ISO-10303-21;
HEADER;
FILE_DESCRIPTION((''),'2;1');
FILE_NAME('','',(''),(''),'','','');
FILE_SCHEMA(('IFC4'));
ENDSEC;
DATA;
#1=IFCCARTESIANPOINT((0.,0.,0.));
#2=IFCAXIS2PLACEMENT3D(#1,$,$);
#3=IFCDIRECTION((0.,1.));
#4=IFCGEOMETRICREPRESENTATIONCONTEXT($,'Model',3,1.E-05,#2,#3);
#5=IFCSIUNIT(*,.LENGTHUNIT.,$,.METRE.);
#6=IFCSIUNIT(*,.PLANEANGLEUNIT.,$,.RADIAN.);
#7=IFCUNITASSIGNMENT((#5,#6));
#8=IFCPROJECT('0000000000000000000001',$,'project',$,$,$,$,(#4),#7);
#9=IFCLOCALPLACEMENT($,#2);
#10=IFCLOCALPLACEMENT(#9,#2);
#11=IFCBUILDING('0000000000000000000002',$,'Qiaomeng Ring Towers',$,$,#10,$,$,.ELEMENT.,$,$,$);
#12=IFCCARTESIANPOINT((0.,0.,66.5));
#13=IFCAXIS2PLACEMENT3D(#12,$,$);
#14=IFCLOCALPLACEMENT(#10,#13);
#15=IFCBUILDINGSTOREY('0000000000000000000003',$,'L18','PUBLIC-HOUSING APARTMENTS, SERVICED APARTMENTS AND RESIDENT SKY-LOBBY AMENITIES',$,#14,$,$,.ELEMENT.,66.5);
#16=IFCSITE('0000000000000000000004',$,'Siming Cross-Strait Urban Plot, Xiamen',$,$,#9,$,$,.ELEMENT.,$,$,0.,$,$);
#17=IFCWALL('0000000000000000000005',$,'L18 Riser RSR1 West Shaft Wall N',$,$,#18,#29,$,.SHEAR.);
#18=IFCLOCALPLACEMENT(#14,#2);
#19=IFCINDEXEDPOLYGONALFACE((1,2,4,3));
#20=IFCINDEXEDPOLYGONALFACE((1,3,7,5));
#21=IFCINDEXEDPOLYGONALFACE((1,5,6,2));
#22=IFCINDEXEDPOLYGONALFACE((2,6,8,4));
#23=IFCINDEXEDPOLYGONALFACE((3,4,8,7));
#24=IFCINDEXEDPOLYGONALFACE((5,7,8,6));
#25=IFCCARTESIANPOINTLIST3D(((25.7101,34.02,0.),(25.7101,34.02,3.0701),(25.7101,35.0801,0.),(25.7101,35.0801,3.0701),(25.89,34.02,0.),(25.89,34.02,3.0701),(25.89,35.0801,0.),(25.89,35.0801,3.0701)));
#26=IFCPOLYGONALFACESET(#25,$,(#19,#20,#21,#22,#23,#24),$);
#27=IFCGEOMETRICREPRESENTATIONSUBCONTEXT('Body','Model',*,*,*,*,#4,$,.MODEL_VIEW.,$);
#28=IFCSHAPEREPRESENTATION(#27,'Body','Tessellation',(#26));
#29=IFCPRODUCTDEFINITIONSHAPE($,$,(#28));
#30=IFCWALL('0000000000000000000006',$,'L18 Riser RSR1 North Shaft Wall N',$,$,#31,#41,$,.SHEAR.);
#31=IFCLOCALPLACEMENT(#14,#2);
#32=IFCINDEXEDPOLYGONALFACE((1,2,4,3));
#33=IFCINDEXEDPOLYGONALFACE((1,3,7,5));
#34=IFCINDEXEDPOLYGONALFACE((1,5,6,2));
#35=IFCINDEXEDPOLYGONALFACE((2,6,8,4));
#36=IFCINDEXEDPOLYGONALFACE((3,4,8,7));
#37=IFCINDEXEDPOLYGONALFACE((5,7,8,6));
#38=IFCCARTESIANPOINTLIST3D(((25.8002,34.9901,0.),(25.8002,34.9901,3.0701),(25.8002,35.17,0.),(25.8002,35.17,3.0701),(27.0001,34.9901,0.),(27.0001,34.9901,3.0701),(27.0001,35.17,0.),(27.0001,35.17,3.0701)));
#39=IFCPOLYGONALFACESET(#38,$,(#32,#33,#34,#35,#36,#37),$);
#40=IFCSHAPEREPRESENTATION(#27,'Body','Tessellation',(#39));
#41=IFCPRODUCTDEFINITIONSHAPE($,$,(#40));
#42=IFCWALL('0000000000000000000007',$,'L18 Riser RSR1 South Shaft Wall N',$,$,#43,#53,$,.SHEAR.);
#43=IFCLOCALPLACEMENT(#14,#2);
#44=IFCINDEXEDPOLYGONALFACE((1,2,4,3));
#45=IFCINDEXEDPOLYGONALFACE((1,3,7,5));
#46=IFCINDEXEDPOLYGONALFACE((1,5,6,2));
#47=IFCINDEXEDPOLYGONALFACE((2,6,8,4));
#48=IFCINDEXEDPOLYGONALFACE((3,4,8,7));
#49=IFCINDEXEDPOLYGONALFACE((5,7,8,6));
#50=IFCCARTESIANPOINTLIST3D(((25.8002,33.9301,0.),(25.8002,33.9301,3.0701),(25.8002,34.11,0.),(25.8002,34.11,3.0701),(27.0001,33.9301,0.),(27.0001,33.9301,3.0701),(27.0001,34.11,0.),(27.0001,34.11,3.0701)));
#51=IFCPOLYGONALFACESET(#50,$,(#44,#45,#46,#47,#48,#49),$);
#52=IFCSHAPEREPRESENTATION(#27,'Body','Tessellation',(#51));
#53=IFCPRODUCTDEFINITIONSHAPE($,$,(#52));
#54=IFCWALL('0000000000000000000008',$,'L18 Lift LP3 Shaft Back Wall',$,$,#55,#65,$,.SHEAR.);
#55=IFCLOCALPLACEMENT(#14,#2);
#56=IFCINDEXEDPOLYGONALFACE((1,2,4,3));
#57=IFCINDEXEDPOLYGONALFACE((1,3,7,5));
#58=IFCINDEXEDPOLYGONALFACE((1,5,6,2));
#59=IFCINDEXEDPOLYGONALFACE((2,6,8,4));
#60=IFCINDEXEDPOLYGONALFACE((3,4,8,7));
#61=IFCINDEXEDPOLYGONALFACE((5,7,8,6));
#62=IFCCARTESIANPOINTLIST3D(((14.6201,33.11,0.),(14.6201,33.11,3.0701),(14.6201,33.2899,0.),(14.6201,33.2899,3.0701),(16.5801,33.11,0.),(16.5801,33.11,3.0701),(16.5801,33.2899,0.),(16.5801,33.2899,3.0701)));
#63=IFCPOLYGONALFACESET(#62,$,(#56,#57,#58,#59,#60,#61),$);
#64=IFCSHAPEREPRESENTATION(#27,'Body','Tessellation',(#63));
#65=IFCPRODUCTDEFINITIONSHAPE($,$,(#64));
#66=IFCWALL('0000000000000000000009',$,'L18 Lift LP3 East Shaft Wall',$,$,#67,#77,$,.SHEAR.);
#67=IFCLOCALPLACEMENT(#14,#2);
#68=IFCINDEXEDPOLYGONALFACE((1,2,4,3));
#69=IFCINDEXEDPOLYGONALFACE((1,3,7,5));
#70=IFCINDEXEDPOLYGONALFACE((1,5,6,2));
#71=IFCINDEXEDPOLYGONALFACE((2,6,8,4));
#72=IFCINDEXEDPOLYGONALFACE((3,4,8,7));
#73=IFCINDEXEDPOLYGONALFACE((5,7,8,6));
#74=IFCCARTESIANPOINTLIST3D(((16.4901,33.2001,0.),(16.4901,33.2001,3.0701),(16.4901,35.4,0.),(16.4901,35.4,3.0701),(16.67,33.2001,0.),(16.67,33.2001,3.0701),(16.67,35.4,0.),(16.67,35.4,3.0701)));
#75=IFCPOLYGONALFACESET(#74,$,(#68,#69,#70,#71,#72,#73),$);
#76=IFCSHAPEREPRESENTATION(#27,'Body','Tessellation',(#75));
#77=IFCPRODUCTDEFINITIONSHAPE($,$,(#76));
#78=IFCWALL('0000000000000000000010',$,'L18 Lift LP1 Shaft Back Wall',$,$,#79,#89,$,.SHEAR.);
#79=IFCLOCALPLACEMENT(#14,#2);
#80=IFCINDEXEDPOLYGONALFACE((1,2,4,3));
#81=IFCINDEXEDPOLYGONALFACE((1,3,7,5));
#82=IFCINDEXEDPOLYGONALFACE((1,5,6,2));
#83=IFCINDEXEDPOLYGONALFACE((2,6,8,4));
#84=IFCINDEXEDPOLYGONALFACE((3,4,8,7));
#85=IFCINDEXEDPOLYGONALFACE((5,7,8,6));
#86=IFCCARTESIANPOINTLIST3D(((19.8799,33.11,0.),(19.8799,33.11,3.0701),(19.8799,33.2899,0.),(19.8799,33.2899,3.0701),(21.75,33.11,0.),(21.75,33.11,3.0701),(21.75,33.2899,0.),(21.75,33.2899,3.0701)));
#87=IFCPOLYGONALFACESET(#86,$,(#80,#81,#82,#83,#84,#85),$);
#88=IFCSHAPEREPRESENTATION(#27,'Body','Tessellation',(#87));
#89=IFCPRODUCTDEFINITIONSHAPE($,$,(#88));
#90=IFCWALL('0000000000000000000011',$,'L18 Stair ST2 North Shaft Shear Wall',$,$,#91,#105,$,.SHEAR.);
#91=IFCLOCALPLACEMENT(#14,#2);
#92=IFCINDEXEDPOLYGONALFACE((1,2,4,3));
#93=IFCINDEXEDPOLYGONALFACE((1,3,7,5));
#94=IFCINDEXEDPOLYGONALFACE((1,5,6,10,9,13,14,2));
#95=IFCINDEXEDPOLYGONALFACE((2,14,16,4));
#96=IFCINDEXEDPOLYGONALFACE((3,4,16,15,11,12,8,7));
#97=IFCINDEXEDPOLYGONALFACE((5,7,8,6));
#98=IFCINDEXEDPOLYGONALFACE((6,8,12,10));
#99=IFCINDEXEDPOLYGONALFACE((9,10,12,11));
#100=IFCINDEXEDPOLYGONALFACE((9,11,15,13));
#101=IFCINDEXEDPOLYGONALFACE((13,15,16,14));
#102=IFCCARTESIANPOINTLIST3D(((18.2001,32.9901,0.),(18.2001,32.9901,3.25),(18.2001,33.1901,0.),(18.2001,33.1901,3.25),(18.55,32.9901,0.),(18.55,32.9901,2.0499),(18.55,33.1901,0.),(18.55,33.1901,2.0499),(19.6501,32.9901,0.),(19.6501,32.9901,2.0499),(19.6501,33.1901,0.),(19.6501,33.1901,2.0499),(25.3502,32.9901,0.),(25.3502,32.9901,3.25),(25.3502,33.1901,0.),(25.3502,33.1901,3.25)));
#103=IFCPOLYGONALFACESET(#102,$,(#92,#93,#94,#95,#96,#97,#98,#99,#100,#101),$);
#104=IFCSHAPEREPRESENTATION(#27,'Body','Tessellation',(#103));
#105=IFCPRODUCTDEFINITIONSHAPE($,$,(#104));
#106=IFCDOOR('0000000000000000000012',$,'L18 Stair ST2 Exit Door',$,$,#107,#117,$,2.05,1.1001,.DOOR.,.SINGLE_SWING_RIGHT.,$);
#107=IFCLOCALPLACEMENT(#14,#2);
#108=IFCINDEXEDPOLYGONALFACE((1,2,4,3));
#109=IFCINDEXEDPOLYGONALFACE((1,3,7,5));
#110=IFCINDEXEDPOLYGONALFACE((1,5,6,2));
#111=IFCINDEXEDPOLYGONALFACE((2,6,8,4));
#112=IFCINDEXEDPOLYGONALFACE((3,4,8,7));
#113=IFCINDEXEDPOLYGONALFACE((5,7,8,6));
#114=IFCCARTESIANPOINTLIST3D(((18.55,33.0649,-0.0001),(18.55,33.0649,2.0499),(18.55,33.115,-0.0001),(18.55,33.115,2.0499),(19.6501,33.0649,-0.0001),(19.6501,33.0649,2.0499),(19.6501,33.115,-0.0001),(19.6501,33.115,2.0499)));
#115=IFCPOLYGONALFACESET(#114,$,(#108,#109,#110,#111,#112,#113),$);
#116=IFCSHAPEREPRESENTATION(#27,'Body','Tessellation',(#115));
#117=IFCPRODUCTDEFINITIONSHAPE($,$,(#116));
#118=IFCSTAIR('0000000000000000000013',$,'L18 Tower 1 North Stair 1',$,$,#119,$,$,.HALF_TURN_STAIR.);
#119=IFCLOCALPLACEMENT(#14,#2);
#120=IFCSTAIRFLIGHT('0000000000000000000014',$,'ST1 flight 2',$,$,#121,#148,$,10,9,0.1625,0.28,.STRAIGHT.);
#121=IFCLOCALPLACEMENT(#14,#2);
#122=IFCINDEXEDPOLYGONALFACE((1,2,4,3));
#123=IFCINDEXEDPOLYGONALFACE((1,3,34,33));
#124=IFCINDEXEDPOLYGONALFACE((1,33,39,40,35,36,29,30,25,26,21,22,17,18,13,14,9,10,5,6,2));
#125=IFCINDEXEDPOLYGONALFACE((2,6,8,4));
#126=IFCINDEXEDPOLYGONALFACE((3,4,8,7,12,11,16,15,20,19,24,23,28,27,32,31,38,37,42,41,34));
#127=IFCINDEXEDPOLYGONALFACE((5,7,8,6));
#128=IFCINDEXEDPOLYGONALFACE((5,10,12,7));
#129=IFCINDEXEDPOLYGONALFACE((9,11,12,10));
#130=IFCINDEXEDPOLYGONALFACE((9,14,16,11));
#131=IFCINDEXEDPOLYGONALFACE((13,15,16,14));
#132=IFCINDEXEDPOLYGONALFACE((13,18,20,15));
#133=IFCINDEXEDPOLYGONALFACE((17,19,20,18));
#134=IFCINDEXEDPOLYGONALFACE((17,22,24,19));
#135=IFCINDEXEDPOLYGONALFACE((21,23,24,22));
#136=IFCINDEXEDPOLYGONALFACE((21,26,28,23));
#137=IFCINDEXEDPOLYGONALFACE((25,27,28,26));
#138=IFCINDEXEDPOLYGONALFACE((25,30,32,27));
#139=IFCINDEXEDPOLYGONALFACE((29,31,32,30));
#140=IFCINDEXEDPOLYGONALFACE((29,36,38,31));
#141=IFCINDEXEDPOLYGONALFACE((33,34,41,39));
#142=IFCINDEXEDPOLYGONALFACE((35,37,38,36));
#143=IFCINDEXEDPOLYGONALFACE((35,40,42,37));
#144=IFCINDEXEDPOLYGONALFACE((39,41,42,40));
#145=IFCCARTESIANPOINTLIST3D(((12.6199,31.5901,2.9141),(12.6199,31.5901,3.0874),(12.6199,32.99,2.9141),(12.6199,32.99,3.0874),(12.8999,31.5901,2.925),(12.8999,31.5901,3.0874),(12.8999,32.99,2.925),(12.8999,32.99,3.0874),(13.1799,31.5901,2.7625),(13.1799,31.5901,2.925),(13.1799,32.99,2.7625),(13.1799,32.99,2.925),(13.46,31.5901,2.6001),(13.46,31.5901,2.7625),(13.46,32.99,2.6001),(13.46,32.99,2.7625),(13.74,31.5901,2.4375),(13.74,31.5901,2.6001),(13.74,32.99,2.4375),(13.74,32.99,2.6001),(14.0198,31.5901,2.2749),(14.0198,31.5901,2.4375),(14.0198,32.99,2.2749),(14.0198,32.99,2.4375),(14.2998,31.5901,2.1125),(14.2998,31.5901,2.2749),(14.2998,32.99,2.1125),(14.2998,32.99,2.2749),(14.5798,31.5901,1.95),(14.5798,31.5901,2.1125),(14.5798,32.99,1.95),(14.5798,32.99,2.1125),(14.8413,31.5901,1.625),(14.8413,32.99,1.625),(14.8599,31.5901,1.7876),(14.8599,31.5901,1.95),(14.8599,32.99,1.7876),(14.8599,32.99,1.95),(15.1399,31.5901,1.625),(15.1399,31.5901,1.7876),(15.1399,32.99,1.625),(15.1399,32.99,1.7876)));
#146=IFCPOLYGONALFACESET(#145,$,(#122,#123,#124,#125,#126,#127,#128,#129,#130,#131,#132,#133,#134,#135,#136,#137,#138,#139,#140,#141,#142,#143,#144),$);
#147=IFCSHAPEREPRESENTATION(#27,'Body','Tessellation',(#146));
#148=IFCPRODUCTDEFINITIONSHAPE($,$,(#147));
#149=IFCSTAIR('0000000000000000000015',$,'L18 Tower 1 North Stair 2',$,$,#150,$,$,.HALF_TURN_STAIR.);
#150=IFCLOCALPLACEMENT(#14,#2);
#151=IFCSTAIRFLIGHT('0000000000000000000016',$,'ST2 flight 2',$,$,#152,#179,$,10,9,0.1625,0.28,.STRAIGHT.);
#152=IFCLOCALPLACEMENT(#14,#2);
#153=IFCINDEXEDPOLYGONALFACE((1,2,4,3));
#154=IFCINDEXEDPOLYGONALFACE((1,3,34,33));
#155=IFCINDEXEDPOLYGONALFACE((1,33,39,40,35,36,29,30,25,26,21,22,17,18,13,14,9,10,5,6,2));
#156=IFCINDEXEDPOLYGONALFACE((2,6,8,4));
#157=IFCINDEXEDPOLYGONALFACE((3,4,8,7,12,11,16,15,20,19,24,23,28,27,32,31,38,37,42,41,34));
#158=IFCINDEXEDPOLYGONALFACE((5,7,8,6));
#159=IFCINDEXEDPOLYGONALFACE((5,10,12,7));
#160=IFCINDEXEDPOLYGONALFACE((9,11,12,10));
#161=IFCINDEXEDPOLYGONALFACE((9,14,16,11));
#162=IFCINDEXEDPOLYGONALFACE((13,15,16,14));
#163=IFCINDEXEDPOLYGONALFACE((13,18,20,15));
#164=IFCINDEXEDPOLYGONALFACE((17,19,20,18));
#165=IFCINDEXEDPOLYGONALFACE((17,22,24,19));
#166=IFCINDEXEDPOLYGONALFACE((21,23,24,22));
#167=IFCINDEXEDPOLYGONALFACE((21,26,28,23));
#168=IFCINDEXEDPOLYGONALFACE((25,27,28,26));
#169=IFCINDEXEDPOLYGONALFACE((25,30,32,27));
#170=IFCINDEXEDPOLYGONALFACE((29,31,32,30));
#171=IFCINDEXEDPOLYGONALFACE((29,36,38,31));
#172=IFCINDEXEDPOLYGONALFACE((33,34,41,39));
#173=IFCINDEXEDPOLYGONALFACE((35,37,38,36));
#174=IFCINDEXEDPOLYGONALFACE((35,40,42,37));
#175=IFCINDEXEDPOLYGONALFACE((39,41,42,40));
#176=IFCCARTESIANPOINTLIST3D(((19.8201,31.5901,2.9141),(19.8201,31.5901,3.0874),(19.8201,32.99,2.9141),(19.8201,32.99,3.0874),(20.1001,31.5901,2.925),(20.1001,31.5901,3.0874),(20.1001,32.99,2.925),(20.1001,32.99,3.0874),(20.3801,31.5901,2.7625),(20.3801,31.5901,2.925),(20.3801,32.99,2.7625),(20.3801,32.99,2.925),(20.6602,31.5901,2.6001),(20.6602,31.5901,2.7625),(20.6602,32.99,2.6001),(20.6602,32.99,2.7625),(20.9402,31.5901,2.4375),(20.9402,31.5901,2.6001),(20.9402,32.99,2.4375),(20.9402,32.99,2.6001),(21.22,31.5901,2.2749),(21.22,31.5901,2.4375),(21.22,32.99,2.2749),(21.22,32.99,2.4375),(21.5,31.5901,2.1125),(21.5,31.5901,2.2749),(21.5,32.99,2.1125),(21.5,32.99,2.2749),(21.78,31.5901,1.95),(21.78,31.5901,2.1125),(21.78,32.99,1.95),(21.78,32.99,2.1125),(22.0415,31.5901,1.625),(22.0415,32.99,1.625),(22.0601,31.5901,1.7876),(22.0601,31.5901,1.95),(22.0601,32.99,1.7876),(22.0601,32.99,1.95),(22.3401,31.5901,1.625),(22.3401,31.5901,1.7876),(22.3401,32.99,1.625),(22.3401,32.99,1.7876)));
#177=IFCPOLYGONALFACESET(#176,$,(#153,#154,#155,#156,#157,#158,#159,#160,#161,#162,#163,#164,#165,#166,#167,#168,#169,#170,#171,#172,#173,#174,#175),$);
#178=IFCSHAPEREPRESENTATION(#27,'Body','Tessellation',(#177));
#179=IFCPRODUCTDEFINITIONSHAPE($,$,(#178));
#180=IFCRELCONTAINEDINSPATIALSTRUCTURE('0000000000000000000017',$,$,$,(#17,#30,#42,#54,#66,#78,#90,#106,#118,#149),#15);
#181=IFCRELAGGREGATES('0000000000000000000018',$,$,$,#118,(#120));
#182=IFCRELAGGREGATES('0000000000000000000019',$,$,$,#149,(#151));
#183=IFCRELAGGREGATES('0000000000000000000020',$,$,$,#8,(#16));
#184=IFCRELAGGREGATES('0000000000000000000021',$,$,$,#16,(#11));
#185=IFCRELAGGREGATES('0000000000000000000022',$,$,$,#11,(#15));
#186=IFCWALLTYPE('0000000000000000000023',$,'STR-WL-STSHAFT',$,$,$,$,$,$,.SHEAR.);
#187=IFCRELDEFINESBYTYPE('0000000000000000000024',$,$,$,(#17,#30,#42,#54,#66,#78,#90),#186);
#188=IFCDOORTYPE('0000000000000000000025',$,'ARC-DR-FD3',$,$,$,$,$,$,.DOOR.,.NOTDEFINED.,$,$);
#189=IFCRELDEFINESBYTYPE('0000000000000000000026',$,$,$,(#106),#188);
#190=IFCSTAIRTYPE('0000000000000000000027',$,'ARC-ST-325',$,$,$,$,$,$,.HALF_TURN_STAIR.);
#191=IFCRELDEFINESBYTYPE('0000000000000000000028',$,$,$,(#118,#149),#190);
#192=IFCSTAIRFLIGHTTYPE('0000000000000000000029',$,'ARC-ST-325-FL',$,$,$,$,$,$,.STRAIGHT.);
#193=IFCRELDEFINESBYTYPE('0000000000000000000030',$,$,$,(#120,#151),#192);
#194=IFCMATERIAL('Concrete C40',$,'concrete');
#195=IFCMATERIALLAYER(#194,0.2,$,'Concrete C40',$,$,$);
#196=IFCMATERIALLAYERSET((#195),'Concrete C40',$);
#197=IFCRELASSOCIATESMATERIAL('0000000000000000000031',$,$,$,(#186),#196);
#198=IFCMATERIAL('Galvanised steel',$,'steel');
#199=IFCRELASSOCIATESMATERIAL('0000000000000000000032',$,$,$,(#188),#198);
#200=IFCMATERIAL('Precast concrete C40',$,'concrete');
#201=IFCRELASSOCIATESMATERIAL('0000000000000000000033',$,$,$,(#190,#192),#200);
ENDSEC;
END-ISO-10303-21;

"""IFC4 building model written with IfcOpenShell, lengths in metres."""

from ifc_helpers import new_model, si_unit, direction, frame, frame_2d, origin, place, context, subcontext, project, spatial, polyline, rectangle, outline, extrude, source, transform, mapped, material, layer, layer_set, type_object, element, fill, aggregate, save


model = new_model("IFC4")

# Units and contexts
model_context = context("Model", 3, precision=1e-05, world=origin(), true_north=direction((0.0, 1.0)))
body_context = subcontext(model_context, "Body", "Model", "MODEL_VIEW")
ifc_project = project(units=[si_unit("LENGTHUNIT", "METRE"), si_unit("PLANEANGLEUNIT", "RADIAN")], contexts=[model_context])

# Site, building, storey
site_placement = place(None, origin())
site = spatial("IfcSite", under=ifc_project, at=site_placement, Name="Siming Cross-Strait Urban Plot, Xiamen", CompositionType="ELEMENT", RefElevation=0.0)
building_placement = place(site_placement, origin())
building = spatial("IfcBuilding", under=site, at=building_placement, Name="Qiaomeng Ring Towers", CompositionType="ELEMENT")
storey_placement = place(building_placement, frame((0.0, 0.0, 66.5)))
storey = spatial("IfcBuildingStorey", under=building, at=storey_placement, Name="L18", Description="PUBLIC-HOUSING APARTMENTS, SERVICED APARTMENTS AND RESIDENT SKY-LOBBY AMENITIES", CompositionType="ELEMENT", Elevation=66.5)

# Walls
ifc_material_1 = material(Name="Concrete C40", Category="concrete")
ifc_layer_1 = layer(ifc_material_1, 0.2, Name="Concrete C40")
ifc_layer_set_1 = layer_set([ifc_layer_1], Name="Concrete C40")
wall_type_1 = type_object("IfcWallType", Name="STR-WL-STSHAFT", PredefinedType="SHEAR", material=ifc_layer_set_1)
wall_1_placement = place(storey_placement, frame((25.8, 34.02, 0.0), z_axis=(0.0, 0.0, 1.0), x_axis=(0.0, 1.0, 0.0)))
element("IfcWall", 1, at=wall_1_placement, inside=storey, type_object=wall_type_1, Name="L18 Riser RSR1 West Shaft Wall N", PredefinedType="SHEAR", context=body_context, shape_type="SweptSolid", body=[
    extrude(rectangle(XDim=1.0601, YDim=0.1799, at=frame_2d((0.53, 0.0))), origin(), (0.0, 0.0, 1.0), 3.0701),
])
for number, where, z_axis, x_axis, name in (
    (2, (25.8, 35.0801, 0.0), (0.0, 0.0, 1.0), (1.0, 0.0, 0.0), "L18 Riser RSR1 North Shaft Wall N"),
    (3, (25.8, 34.02, 0.0), (0.0, 0.0, 1.0), (1.0, 0.0, 0.0), "L18 Riser RSR1 South Shaft Wall N"),
):
    element("IfcWall", number, at=place(storey_placement, frame(where, z_axis=z_axis, x_axis=x_axis)), inside=storey, type_object=wall_type_1, Name=name, PredefinedType="SHEAR", context=body_context, shape_type="SweptSolid", body=[
        extrude(rectangle(XDim=1.2, YDim=0.1799, at=frame_2d((0.6001, 0.0))), origin(), (0.0, 0.0, 1.0), 3.0701),
    ])
wall_2_placement = place(storey_placement, frame((14.6201, 33.2, 0.0), z_axis=(0.0, 0.0, 1.0), x_axis=(1.0, 0.0, 0.0)))
element("IfcWall", 4, at=wall_2_placement, inside=storey, type_object=wall_type_1, Name="L18 Lift LP3 Shaft Back Wall", PredefinedType="SHEAR", context=body_context, shape_type="SweptSolid", body=[
    extrude(rectangle(XDim=1.96, YDim=0.1799, at=frame_2d((0.98, 0.0))), origin(), (0.0, 0.0, 1.0), 3.0701),
])
wall_3_placement = place(storey_placement, frame((16.5801, 33.2, 0.0), z_axis=(0.0, 0.0, 1.0), x_axis=(0.0, 1.0, 0.0)))
element("IfcWall", 5, at=wall_3_placement, inside=storey, type_object=wall_type_1, Name="L18 Lift LP3 East Shaft Wall", PredefinedType="SHEAR", context=body_context, shape_type="SweptSolid", body=[
    extrude(rectangle(XDim=2.2, YDim=0.1799, at=frame_2d((1.1001, 0.0))), origin(), (0.0, 0.0, 1.0), 3.0701),
])
wall_4_placement = place(storey_placement, frame((19.8799, 33.2, 0.0), z_axis=(0.0, 0.0, 1.0), x_axis=(1.0, 0.0, 0.0)))
element("IfcWall", 6, at=wall_4_placement, inside=storey, type_object=wall_type_1, Name="L18 Lift LP1 Shaft Back Wall", PredefinedType="SHEAR", context=body_context, shape_type="SweptSolid", body=[
    extrude(rectangle(XDim=1.8701, YDim=0.1799, at=frame_2d((0.9351, 0.0))), origin(), (0.0, 0.0, 1.0), 3.0701),
])

# Wall, opening, door
wall_5_placement = place(storey_placement, frame((18.2, 33.0901, 0.0), z_axis=(0.0, 0.0, 1.0), x_axis=(1.0, 0.0, 0.0)))
wall_5 = element("IfcWall", 7, at=wall_5_placement, inside=storey, type_object=wall_type_1, Name="L18 Stair ST2 North Shaft Shear Wall", PredefinedType="SHEAR", context=body_context, shape_type="SweptSolid", body=[
    extrude(rectangle(XDim=7.1501, YDim=0.2, at=frame_2d((3.5752, 0.0))), origin(), (0.0, 0.0, 1.0), 3.25),
])
opening_placement = place(wall_5_placement, frame((0.3501, 0.0, 0.0)))
opening = element("IfcOpeningElement", 8, at=opening_placement, cuts=wall_5, PredefinedType="OPENING", context=body_context, shape_type="SweptSolid", body=[
    extrude(rectangle(XDim=1.1001, YDim=2.05, at=frame_2d((0.55, 1.0249))), frame((0.0, 0.1099, 0.0), z_axis=(0.0, -1.0, 0.0), x_axis=(1.0, 0.0, 0.0)), (0.0, 0.0, 1.0), 0.22),
])
ifc_material_2 = material(Name="Galvanised steel", Category="steel")
door_type = type_object("IfcDoorType", Name="ARC-DR-FD3", OperationType="NOTDEFINED", PredefinedType="DOOR", material=ifc_material_2)
shared_shape_1 = source(origin(), body_context, "Body", "SweptSolid", [
    extrude(rectangle(XDim=1.1001, YDim=2.05, at=frame_2d((0.55, 1.0249))), frame((0.0, 0.0249, 0.0), z_axis=(0.0, -1.0, 0.0), x_axis=(1.0, 0.0, 0.0)), (0.0, 0.0, 1.0), 0.05),
])
door_placement = place(opening_placement, origin())
door = element("IfcDoor", 9, at=door_placement, inside=storey, type_object=door_type, Name="L18 Stair ST2 Exit Door", OperationType="SINGLE_SWING_RIGHT", OverallHeight=2.05, OverallWidth=1.1001, PredefinedType="DOOR", context=body_context, shape_type="MappedRepresentation", body=[
    mapped(shared_shape_1, transform((0.0, 0.0, 0.0), x_axis=(1.0, 0.0, 0.0), y_axis=(0.0, 1.0, 0.0), z_axis=(0.0, 0.0, 1.0), scale=1.0)),
])
fill(opening, door)

# Stairs, stair flights
ifc_material_3 = material(Name="Precast concrete C40", Category="concrete")
stair_type = type_object("IfcStairType", Name="ARC-ST-325", PredefinedType="HALF_TURN_STAIR", material=ifc_material_3)
stair_1_placement = place(storey_placement, origin())
stair_1 = element("IfcStair", 10, at=stair_1_placement, inside=storey, type_object=stair_type, Name="L18 Tower 1 North Stair 1", PredefinedType="HALF_TURN_STAIR")
stair_flight_type = type_object("IfcStairFlightType", Name="ARC-ST-325-FL", PredefinedType="STRAIGHT", material=ifc_material_3)
shared_shape_2 = source(origin(), body_context, "Body", "SweptSolid", [
    extrude(outline(polyline([(0.0, 0.0), (0.0, 0.1626), (0.28, 0.1626), (0.28, 0.325), (0.5601, 0.325), (0.5601, 0.4875), (0.8401, 0.4875), (0.8401, 0.6499), (1.1201, 0.6499), (1.1201, 0.8125), (1.3999, 0.8125), (1.3999, 0.9751), (1.6799, 0.9751), (1.6799, 1.1375), (1.96, 1.1375), (1.96, 1.3), (2.24, 1.3), (2.24, 1.4624), (2.52, 1.4624), (2.52, 1.625), (2.52, 1.2891), (0.2986, 0.0), (0.0, 0.0)])), frame((0.0, 0.7, 0.0), z_axis=(0.0, -1.0, 0.0), x_axis=(1.0, 0.0, 0.0)), (0.0, 0.0, 1.0), 1.3999),
])
stair_flight_1_placement = place(storey_placement, frame((15.1399, 32.29, 1.625), z_axis=(0.0, 0.0, 1.0), x_axis=(-1.0, 0.0, 0.0)))
stair_flight_1 = element("IfcStairFlight", 11, at=stair_flight_1_placement, type_object=stair_flight_type, Name="ST1 flight 2", NumberOfRisers=10, NumberOfTreads=9, PredefinedType="STRAIGHT", RiserHeight=0.1625, TreadLength=0.28, context=body_context, shape_type="MappedRepresentation", body=[
    mapped(shared_shape_2, transform((0.0, 0.0, 0.0), x_axis=(1.0, 0.0, 0.0), y_axis=(0.0, 1.0, 0.0), z_axis=(0.0, 0.0, 1.0), scale=1.0)),
])
aggregate(stair_1, [stair_flight_1])
stair_2_placement = place(storey_placement, origin())
stair_2 = element("IfcStair", 12, at=stair_2_placement, inside=storey, type_object=stair_type, Name="L18 Tower 1 North Stair 2", PredefinedType="HALF_TURN_STAIR")
stair_flight_2_placement = place(storey_placement, frame((22.3401, 32.29, 1.625), z_axis=(0.0, 0.0, 1.0), x_axis=(-1.0, 0.0, 0.0)))
stair_flight_2 = element("IfcStairFlight", 13, at=stair_flight_2_placement, type_object=stair_flight_type, Name="ST2 flight 2", NumberOfRisers=10, NumberOfTreads=9, PredefinedType="STRAIGHT", RiserHeight=0.1625, TreadLength=0.28, context=body_context, shape_type="MappedRepresentation", body=[
    mapped(shared_shape_2, transform((0.0, 0.0, 0.0), x_axis=(1.0, 0.0, 0.0), y_axis=(0.0, 1.0, 0.0), z_axis=(0.0, 0.0, 1.0), scale=1.0)),
])
aggregate(stair_2, [stair_flight_2])

save(model, "model.ifc")
